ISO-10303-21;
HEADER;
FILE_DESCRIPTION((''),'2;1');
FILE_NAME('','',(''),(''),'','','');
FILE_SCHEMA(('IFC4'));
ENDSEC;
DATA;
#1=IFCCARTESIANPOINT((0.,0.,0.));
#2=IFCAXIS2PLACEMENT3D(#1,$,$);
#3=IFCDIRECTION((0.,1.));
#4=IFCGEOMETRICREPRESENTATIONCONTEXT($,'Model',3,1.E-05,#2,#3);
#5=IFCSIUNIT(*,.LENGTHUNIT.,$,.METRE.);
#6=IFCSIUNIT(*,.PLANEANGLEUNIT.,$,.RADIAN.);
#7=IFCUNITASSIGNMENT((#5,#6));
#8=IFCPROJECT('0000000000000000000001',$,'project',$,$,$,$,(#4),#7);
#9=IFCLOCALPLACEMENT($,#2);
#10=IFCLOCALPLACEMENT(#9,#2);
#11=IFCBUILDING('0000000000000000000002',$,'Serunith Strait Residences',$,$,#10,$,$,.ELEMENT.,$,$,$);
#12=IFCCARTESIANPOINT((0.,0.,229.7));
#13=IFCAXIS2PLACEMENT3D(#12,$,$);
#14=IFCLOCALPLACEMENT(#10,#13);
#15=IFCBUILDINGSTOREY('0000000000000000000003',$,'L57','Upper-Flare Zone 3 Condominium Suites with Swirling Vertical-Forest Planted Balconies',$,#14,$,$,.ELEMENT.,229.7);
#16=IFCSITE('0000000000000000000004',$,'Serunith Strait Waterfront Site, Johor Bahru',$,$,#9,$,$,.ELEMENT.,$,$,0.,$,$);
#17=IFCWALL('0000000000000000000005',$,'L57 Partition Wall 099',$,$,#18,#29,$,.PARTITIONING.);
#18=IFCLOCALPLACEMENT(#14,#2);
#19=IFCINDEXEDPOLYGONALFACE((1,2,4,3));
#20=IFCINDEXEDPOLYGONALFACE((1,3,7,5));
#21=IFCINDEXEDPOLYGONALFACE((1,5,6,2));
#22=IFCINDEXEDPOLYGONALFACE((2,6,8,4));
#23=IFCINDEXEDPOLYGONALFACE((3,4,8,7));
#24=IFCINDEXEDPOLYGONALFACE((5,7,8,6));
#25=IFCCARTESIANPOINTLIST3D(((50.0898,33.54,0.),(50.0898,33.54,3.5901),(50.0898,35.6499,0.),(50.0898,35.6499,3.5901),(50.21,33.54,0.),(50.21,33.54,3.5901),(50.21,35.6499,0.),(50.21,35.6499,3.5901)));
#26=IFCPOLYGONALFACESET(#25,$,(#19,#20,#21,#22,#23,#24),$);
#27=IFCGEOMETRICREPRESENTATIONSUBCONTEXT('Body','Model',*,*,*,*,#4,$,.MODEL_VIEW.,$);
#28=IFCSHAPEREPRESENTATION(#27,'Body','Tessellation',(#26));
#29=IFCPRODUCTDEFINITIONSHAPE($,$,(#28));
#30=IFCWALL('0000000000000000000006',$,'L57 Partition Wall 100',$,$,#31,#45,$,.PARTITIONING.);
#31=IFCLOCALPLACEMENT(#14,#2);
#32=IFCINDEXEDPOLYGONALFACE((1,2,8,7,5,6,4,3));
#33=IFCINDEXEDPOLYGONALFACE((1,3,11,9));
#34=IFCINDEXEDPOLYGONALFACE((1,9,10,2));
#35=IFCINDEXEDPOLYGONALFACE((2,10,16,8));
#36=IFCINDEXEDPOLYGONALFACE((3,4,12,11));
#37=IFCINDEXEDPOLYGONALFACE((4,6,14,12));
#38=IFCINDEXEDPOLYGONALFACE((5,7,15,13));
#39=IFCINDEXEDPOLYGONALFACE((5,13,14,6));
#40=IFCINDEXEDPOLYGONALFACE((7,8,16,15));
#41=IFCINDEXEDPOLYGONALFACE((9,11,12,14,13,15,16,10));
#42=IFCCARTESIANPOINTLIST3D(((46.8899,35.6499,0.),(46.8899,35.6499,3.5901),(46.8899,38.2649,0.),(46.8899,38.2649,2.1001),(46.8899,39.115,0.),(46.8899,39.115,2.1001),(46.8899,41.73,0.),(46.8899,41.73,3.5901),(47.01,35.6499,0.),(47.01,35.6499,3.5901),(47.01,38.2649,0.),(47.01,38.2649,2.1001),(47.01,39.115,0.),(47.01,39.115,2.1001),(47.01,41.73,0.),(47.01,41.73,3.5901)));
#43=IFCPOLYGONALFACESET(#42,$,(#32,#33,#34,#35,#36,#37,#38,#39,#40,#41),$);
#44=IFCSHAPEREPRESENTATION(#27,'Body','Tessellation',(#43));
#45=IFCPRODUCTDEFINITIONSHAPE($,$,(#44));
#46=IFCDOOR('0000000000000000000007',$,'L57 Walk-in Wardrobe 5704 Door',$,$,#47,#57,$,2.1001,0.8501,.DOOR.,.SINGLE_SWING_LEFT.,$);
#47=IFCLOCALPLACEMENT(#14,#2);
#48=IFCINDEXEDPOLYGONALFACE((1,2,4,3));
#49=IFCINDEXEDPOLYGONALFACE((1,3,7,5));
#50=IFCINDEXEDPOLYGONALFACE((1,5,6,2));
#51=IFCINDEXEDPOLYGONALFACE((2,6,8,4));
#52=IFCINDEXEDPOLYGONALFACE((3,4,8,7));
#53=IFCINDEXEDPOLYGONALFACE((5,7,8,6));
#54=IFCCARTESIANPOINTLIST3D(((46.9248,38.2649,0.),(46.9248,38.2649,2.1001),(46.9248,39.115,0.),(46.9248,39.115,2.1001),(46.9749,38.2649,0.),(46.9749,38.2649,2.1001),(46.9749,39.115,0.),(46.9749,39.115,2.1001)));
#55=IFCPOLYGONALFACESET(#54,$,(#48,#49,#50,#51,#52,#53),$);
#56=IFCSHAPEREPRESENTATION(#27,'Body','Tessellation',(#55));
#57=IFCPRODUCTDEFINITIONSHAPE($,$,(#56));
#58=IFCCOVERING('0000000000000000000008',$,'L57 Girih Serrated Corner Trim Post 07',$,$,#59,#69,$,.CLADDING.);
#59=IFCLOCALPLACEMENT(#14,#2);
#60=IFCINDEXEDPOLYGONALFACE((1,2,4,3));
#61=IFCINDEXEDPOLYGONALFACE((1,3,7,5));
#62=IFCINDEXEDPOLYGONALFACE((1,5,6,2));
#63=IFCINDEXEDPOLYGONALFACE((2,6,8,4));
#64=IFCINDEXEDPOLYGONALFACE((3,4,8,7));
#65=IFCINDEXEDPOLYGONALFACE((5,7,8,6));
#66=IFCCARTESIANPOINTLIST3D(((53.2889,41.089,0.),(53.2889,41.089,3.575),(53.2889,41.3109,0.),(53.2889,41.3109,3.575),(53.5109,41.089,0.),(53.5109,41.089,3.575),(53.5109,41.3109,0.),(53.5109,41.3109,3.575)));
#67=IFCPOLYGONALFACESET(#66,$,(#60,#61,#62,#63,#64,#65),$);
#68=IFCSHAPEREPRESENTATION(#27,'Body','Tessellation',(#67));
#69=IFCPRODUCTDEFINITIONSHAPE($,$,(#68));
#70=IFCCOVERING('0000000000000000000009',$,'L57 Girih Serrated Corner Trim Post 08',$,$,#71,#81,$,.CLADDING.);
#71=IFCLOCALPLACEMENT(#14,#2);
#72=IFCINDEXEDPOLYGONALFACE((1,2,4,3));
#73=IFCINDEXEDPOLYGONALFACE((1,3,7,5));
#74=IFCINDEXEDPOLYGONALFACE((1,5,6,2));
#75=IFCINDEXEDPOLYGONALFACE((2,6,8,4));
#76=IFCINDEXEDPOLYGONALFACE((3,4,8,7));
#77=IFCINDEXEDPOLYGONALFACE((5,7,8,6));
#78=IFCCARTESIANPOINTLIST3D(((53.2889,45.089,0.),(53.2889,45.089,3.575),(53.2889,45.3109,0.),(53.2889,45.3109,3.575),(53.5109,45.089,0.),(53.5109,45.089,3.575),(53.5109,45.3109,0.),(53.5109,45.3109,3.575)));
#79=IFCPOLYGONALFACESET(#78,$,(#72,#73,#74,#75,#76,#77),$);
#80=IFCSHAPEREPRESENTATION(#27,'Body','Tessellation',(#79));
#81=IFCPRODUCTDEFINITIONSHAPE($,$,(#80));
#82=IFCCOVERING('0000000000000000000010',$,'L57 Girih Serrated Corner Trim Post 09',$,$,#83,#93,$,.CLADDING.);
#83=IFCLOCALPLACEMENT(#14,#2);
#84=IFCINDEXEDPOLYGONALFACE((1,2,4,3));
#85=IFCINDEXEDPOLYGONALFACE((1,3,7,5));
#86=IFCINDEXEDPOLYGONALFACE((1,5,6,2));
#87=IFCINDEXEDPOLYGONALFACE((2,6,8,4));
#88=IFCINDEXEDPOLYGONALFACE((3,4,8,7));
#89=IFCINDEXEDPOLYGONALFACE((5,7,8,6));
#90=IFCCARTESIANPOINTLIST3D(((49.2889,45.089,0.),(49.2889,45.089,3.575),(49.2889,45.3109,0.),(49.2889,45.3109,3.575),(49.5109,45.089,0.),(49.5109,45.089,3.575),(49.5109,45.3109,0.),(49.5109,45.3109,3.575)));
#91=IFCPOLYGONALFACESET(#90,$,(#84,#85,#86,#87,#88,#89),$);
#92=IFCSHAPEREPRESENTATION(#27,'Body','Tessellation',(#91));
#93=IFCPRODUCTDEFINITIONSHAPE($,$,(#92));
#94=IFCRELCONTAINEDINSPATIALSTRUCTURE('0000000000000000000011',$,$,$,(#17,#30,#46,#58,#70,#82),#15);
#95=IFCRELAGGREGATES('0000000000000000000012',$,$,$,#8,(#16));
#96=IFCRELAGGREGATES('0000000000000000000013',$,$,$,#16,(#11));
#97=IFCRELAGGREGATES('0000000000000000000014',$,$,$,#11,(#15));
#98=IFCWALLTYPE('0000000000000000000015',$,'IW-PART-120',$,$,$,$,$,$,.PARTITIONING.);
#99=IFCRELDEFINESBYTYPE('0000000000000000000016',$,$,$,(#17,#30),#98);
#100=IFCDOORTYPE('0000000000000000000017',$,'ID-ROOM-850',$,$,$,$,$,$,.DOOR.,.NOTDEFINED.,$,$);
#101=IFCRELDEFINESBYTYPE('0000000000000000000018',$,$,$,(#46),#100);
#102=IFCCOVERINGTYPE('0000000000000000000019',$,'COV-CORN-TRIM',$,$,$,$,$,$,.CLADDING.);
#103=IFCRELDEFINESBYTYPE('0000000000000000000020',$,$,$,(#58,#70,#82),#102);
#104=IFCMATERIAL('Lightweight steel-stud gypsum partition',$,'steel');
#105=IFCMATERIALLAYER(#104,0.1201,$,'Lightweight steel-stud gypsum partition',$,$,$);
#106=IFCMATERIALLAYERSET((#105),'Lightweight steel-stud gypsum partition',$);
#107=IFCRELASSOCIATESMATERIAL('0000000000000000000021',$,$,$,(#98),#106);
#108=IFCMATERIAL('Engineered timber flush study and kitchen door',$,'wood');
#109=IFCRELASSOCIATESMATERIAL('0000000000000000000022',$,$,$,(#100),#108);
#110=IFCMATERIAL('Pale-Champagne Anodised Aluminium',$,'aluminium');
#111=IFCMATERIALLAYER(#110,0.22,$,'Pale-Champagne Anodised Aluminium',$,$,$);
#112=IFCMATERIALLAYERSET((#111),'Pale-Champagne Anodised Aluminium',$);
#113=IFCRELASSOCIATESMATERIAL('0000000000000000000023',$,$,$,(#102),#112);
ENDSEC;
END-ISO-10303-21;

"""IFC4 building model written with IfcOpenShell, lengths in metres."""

from ifc_helpers import new_model, si_unit, direction, frame, frame_2d, origin, origin_2d, place, context, subcontext, project, spatial, rectangle, extrude, source, transform, mapped, material, layer, layer_set, type_object, element, fill, save


model = new_model("IFC4")

# Units and contexts
model_context = context("Model", 3, precision=1e-05, world=origin(), true_north=direction((0.0, 1.0)))
body_context = subcontext(model_context, "Body", "Model", "MODEL_VIEW")
ifc_project = project(units=[si_unit("LENGTHUNIT", "METRE"), si_unit("PLANEANGLEUNIT", "RADIAN")], contexts=[model_context])

# Site, building, storey
site_placement = place(None, origin())
site = spatial("IfcSite", under=ifc_project, at=site_placement, Name="Serunith Strait Waterfront Site, Johor Bahru", CompositionType="ELEMENT", RefElevation=0.0)
building_placement = place(site_placement, origin())
building = spatial("IfcBuilding", under=site, at=building_placement, Name="Serunith Strait Residences", CompositionType="ELEMENT")
storey_placement = place(building_placement, frame((0.0, 0.0, 229.7)))
storey = spatial("IfcBuildingStorey", under=building, at=storey_placement, Name="L57", Description="Upper-Flare Zone 3 Condominium Suites with Swirling Vertical-Forest Planted Balconies", CompositionType="ELEMENT", Elevation=229.7)

# Shared definitions
ifc_material_1 = material(Name="Pale-Champagne Anodised Aluminium", Category="aluminium")

# Shared definitions
ifc_material_2 = material(Name="Lightweight steel-stud gypsum partition", Category="steel")
ifc_layer_1 = layer(ifc_material_2, 0.1201, Name="Lightweight steel-stud gypsum partition")
ifc_layer_set_1 = layer_set([ifc_layer_1], Name="Lightweight steel-stud gypsum partition")
wall_type_1 = type_object("IfcWallType", Name="IW-PART-120", PredefinedType="PARTITIONING", material=ifc_layer_set_1)

# Wall
wall_1_placement = place(storey_placement, frame((50.1499, 35.6499, 0.0), z_axis=(0.0, 0.0, 1.0), x_axis=(0.0, -1.0, 0.0)))
element("IfcWall", 1, at=wall_1_placement, inside=storey, type_object=wall_type_1, Name="L57 Partition Wall 099", PredefinedType="PARTITIONING", context=body_context, shape_type="SweptSolid", body=[
    extrude(rectangle(XDim=2.1099, YDim=0.1201, at=frame_2d((1.0549, 0.0))), origin(), (0.0, 0.0, 1.0), 3.5901),
])

# Wall, opening, door
wall_2_placement = place(storey_placement, frame((46.95, 41.73, 0.0), z_axis=(0.0, 0.0, 1.0), x_axis=(0.0, -1.0, 0.0)))
wall_2 = element("IfcWall", 2, at=wall_2_placement, inside=storey, type_object=wall_type_1, Name="L57 Partition Wall 100", PredefinedType="PARTITIONING", context=body_context, shape_type="SweptSolid", body=[
    extrude(rectangle(XDim=6.0801, YDim=0.1201, at=frame_2d((3.04, 0.0))), origin(), (0.0, 0.0, 1.0), 3.5901),
])
opening_1_placement = place(wall_2_placement, frame((2.615, 0.0, 0.0)))
opening_1 = element("IfcOpeningElement", 3, at=opening_1_placement, cuts=wall_2, PredefinedType="OPENING", context=body_context, shape_type="SweptSolid", body=[
    extrude(rectangle(XDim=0.8501, YDim=2.1001, at=frame_2d((0.425, 1.05))), frame((0.0, 0.0701, 0.0), z_axis=(0.0, -1.0, 0.0), x_axis=(1.0, 0.0, 0.0)), (0.0, 0.0, 1.0), 0.1401),
])
ifc_material_3 = material(Name="Engineered timber flush study and kitchen door", Category="wood")
door_type_1 = type_object("IfcDoorType", Name="ID-ROOM-850", OperationType="NOTDEFINED", PredefinedType="DOOR", material=ifc_material_3)
shared_shape_1 = source(origin(), body_context, "Body", "SweptSolid", [
    extrude(rectangle(XDim=0.8501, YDim=2.1001, at=frame_2d((0.425, 1.05))), frame((0.0, 0.0249, 0.0), z_axis=(0.0, -1.0, 0.0), x_axis=(1.0, 0.0, 0.0)), (0.0, 0.0, 1.0), 0.05),
])
door_1_placement = place(opening_1_placement, origin())
door_1 = element("IfcDoor", 4, at=door_1_placement, inside=storey, type_object=door_type_1, Name="L57 Walk-in Wardrobe 5704 Door", OperationType="SINGLE_SWING_LEFT", OverallHeight=2.1001, OverallWidth=0.8501, PredefinedType="DOOR", context=body_context, shape_type="MappedRepresentation", body=[
    mapped(shared_shape_1, transform((0.0, 0.0, 0.0), scale=1.0)),
])
fill(opening_1, door_1)

# Coverings
ifc_layer_2 = layer(ifc_material_1, 0.22, Name="Pale-Champagne Anodised Aluminium")
ifc_layer_set_2 = layer_set([ifc_layer_2], Name="Pale-Champagne Anodised Aluminium")
covering_type = type_object("IfcCoveringType", Name="COV-CORN-TRIM", PredefinedType="CLADDING", material=ifc_layer_set_2)
shared_shape_2 = source(origin(), body_context, "Body", "SweptSolid", [
    extrude(rectangle(XDim=0.2219, YDim=0.2219, at=origin_2d()), origin(), (0.0, 0.0, 1.0), 3.575),
])
for number, where, z_axis, x_axis, name in (
    (5, (53.3999, 41.2, 0.0), (0.0, 0.0, 1.0), (1.0, 0.0, 0.0), "L57 Girih Serrated Corner Trim Post 07"),
    (6, (53.3999, 45.2, 0.0), (0.0, 0.0, 1.0), (1.0, 0.0, 0.0), "L57 Girih Serrated Corner Trim Post 08"),
    (7, (49.3999, 45.2, 0.0), (0.0, 0.0, 1.0), (1.0, 0.0, 0.0), "L57 Girih Serrated Corner Trim Post 09"),
):
    element("IfcCovering", number, at=place(storey_placement, frame(where, z_axis=z_axis, x_axis=x_axis)), inside=storey, type_object=covering_type, Name=name, PredefinedType="CLADDING", context=body_context, shape_type="MappedRepresentation", body=[
        mapped(shared_shape_2, transform((0.0, 0.0, 0.0), scale=1.0)),
    ])

save(model, "model.ifc")
